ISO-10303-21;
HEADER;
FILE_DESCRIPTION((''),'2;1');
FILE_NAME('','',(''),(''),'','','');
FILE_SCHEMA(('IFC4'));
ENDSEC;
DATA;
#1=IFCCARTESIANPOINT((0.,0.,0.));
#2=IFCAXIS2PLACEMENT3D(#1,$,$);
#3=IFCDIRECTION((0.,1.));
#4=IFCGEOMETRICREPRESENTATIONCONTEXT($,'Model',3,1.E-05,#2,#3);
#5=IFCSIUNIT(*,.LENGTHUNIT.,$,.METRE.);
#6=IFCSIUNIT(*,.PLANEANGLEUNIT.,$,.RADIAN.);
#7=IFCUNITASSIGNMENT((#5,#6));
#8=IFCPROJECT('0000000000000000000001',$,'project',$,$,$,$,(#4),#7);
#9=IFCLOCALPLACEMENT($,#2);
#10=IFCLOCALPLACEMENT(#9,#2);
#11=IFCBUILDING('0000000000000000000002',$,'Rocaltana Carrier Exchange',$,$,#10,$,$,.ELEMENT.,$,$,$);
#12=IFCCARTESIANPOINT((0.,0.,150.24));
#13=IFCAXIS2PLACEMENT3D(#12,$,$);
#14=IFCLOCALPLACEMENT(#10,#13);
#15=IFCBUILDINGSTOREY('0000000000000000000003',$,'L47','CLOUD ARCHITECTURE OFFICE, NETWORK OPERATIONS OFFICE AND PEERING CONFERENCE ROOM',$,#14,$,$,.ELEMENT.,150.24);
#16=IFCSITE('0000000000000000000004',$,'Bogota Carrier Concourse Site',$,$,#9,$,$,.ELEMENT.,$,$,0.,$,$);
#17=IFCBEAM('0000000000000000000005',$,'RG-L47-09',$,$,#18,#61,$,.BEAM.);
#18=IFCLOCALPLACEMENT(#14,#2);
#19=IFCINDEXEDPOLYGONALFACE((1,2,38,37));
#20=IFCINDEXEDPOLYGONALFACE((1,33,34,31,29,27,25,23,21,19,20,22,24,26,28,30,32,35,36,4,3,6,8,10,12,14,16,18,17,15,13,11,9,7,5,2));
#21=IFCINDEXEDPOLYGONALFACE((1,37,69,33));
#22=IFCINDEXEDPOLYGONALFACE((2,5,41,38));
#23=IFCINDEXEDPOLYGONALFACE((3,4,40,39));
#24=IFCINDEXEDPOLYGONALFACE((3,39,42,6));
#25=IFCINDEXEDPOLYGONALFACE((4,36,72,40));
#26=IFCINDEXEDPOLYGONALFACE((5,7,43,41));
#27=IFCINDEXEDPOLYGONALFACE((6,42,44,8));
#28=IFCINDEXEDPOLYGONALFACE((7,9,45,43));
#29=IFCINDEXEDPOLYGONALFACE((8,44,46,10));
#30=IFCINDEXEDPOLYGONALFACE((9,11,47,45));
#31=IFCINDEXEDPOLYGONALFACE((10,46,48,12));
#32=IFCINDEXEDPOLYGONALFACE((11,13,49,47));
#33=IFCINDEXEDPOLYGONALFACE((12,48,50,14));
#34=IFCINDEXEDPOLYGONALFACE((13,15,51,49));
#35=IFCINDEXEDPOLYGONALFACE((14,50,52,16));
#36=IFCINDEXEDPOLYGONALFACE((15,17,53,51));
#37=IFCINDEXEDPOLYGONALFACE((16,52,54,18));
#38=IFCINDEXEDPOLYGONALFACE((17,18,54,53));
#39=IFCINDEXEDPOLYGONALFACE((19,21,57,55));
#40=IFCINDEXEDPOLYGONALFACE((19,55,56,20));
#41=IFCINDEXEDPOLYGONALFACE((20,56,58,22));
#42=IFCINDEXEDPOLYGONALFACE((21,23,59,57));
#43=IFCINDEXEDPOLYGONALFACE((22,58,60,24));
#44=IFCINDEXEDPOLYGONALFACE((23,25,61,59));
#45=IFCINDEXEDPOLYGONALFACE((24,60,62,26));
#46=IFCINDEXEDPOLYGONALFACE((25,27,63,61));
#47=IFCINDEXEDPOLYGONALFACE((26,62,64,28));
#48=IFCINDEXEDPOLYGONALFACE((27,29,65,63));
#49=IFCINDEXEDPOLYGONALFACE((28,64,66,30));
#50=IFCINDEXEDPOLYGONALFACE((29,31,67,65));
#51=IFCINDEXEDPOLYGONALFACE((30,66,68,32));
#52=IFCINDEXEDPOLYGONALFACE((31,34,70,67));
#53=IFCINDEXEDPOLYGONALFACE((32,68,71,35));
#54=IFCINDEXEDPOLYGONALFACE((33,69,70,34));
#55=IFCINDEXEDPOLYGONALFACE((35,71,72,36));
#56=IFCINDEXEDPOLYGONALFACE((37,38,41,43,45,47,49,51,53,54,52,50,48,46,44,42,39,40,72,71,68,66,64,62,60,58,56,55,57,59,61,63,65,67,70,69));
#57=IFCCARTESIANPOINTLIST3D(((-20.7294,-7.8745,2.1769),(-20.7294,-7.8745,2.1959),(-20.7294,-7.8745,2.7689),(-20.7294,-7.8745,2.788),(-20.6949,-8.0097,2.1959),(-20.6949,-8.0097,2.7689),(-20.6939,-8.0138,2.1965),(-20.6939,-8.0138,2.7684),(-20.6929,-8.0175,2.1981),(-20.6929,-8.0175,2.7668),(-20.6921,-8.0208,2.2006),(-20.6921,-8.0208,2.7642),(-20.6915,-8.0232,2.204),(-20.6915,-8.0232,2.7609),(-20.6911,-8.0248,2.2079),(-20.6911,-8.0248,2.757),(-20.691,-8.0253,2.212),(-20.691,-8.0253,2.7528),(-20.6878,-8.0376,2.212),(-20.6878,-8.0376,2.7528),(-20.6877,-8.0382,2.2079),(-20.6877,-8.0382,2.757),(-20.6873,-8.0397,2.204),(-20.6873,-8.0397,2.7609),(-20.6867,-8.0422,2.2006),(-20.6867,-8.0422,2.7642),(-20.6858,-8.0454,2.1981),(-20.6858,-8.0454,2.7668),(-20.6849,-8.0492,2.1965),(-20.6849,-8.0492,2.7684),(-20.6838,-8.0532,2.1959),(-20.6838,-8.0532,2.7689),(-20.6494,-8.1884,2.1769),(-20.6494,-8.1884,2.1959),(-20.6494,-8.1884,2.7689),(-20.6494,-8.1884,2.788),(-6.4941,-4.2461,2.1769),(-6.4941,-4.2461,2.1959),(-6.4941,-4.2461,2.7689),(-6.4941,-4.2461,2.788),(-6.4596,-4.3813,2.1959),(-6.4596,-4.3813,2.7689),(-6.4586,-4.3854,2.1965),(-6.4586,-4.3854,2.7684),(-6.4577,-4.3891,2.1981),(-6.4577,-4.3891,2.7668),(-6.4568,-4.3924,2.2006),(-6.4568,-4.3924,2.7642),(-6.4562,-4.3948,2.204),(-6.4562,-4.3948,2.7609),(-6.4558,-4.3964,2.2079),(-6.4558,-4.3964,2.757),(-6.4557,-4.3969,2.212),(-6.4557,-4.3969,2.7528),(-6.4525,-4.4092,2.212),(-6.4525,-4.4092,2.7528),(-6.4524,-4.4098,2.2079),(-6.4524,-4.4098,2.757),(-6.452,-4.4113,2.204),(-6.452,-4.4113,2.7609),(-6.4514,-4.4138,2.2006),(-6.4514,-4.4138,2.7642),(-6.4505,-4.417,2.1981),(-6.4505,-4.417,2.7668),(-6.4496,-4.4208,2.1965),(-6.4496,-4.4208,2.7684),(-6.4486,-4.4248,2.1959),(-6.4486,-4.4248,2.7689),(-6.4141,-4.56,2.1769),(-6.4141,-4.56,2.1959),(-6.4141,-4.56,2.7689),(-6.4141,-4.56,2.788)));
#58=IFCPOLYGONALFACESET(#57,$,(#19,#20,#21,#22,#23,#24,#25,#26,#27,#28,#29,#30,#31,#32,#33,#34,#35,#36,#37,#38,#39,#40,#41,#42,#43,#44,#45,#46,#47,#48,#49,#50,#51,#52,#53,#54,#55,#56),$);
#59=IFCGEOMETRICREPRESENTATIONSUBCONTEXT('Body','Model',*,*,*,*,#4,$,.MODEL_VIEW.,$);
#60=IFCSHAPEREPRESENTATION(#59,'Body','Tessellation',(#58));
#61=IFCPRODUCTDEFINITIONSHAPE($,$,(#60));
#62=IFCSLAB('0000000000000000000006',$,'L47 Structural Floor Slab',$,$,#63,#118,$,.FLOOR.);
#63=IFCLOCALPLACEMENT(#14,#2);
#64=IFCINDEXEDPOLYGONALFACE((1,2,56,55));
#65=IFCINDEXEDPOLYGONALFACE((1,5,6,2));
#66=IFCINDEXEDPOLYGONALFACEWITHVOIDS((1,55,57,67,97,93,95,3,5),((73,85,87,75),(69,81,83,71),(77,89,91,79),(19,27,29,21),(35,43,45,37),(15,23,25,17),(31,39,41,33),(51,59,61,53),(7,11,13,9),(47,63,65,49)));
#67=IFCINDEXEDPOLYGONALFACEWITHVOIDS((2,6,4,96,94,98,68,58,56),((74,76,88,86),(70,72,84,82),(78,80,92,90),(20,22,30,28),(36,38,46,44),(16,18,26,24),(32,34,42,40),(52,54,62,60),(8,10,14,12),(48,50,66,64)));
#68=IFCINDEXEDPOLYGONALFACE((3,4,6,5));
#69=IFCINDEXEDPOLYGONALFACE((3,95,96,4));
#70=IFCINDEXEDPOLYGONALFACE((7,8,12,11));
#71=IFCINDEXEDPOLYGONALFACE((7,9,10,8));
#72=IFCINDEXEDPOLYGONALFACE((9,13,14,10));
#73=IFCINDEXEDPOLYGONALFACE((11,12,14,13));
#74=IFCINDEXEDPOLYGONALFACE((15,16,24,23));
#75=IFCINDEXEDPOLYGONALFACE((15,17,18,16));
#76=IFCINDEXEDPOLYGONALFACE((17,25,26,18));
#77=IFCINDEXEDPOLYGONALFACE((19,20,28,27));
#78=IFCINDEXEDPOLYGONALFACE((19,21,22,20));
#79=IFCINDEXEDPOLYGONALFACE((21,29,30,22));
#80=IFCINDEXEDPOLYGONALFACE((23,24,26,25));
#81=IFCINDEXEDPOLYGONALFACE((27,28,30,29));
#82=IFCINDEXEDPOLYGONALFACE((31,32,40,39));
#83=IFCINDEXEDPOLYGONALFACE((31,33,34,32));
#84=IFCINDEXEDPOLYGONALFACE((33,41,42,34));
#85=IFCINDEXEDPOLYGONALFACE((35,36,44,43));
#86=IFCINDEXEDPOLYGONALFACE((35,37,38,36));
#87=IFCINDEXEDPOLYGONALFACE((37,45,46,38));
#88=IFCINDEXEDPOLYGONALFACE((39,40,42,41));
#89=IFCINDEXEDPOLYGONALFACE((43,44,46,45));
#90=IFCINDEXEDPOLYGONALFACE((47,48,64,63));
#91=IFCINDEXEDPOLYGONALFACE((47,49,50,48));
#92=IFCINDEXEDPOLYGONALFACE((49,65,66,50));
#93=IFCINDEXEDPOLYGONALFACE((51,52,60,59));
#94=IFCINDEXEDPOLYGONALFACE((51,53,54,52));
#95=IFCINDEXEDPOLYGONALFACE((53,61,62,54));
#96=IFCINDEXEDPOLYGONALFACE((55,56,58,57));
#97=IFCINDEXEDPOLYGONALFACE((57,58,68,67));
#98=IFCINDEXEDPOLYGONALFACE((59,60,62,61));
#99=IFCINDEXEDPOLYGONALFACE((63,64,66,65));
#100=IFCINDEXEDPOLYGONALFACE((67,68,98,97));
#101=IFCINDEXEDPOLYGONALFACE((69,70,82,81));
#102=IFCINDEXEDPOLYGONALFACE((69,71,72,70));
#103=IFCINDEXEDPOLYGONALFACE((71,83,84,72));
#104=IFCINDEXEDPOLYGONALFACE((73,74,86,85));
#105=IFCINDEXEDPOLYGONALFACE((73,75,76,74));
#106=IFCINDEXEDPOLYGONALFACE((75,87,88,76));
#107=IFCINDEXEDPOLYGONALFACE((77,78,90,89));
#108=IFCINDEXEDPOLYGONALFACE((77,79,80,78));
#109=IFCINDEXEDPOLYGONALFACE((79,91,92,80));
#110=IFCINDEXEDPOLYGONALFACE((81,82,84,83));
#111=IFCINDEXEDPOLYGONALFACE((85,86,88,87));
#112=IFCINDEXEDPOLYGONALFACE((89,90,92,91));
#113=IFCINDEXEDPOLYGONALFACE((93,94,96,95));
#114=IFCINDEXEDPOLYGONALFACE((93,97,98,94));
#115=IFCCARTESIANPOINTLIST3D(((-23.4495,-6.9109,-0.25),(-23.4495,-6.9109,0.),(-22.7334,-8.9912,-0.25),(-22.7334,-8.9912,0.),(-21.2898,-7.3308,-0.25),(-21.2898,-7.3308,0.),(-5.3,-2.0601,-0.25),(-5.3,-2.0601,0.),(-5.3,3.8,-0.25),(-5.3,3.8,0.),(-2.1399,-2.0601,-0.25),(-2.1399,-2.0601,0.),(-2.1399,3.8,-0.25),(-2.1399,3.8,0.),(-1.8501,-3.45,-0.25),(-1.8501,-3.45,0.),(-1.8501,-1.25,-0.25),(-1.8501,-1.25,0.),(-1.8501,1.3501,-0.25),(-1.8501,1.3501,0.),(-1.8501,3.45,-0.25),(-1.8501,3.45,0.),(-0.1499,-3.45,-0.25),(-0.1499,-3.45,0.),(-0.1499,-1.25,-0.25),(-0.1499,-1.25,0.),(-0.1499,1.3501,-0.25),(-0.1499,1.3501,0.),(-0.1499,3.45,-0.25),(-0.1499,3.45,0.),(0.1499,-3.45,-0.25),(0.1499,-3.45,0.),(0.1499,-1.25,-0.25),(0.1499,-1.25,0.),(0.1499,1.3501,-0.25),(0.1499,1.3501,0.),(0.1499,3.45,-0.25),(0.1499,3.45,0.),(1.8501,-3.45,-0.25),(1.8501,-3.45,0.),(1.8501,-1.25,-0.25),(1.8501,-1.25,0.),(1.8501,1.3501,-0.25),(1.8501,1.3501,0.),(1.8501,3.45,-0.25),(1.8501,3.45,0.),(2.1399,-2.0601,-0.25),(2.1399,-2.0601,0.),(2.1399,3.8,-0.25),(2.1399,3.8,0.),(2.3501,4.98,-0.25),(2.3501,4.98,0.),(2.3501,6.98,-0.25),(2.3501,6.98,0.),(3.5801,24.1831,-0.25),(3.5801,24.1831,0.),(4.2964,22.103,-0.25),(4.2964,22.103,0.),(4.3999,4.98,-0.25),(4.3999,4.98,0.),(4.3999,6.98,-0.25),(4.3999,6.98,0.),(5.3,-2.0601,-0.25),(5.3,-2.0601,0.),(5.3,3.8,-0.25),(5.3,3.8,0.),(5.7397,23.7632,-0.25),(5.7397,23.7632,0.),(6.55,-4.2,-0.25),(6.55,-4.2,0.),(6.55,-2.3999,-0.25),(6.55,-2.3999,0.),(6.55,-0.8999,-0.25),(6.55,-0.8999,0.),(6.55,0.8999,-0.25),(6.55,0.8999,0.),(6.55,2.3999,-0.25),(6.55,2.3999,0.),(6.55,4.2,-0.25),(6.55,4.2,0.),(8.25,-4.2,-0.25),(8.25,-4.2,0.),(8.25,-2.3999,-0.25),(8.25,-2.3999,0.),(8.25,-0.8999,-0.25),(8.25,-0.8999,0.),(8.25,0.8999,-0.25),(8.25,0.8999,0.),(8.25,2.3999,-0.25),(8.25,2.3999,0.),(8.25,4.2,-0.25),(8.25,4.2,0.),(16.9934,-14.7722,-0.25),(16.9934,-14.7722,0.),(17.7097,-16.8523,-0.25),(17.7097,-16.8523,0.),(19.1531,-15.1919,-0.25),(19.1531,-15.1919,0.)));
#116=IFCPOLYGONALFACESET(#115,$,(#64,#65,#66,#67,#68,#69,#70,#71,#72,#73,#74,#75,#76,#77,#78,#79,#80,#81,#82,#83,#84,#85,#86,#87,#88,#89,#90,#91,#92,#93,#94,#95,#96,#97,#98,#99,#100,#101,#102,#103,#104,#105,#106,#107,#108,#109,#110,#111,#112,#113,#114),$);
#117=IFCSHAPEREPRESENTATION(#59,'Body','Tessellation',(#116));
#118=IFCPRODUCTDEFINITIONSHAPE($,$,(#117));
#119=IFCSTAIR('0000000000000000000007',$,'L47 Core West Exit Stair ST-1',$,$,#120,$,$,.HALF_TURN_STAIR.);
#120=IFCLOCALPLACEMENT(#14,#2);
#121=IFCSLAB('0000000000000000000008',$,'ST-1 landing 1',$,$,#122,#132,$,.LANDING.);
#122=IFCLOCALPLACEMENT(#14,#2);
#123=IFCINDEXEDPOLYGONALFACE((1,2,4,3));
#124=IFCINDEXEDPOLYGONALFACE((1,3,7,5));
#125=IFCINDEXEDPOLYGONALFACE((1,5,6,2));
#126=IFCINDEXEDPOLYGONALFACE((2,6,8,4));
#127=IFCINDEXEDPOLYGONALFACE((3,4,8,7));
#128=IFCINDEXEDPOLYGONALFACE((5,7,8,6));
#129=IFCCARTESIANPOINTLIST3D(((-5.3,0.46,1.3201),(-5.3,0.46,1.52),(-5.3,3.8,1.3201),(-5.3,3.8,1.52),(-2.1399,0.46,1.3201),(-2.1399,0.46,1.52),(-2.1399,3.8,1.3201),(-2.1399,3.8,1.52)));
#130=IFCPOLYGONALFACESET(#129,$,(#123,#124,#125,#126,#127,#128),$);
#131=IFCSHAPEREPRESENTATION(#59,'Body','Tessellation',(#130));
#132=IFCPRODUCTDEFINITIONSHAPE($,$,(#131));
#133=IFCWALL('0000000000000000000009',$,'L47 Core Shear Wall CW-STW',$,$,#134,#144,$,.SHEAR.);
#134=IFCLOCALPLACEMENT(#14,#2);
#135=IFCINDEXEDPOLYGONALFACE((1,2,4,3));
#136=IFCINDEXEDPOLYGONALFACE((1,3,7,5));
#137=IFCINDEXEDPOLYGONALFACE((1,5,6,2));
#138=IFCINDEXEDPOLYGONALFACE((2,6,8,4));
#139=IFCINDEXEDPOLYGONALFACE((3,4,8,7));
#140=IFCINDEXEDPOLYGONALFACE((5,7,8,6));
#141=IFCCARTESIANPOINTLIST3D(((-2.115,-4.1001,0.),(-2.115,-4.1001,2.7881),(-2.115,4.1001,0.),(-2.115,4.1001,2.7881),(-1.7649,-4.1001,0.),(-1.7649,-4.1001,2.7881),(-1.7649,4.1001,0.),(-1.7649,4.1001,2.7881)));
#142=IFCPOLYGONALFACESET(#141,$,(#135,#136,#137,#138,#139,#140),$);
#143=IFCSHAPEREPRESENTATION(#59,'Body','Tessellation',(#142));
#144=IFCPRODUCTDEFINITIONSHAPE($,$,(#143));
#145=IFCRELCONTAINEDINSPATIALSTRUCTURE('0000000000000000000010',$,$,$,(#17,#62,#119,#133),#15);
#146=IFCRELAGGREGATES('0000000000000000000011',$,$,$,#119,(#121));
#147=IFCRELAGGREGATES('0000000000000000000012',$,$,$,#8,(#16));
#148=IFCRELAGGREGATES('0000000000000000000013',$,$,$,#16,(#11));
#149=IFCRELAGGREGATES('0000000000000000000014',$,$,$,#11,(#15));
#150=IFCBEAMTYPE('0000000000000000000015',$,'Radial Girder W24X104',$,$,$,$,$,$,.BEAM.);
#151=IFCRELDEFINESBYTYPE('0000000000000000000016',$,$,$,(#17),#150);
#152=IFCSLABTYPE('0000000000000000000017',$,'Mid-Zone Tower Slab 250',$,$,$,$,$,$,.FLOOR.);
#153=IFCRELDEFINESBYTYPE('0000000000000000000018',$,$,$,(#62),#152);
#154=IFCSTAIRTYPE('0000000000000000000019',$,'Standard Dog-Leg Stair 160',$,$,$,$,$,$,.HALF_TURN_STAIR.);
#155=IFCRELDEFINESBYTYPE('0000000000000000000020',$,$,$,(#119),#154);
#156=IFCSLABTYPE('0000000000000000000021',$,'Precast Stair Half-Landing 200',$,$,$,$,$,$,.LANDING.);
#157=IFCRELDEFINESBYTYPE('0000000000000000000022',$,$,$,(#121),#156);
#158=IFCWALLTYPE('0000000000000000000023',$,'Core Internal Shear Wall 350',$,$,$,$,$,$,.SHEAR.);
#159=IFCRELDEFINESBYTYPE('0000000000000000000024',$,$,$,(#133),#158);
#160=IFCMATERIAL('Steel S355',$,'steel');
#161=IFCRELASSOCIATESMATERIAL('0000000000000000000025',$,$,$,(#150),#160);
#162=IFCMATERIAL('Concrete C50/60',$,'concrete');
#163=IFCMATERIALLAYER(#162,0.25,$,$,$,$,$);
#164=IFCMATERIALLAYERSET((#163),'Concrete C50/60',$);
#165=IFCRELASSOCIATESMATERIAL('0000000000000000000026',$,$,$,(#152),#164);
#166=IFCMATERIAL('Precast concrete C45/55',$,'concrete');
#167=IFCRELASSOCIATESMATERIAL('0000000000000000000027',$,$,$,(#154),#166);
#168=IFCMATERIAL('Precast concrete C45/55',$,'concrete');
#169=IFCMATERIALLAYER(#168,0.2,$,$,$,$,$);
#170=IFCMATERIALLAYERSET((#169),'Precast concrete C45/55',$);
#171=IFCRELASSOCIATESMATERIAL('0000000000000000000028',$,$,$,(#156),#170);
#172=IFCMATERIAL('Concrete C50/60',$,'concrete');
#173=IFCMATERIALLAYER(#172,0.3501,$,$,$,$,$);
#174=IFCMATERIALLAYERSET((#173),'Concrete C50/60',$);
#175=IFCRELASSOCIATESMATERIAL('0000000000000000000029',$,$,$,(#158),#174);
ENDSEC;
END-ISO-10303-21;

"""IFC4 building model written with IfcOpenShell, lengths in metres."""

from ifc_helpers import new_model, si_unit, direction, frame, frame_2d, origin, origin_2d, place, context, subcontext, project, spatial, polyline, rectangle, i_section, outline, extrude, material, layer, layer_set, material_profile, profile_set, type_object, element, aggregate, save


model = new_model("IFC4")

# Units and contexts
model_context = context("Model", 3, precision=1e-05, world=origin(), true_north=direction((0.0, 1.0)))
body_context = subcontext(model_context, "Body", "Model", "MODEL_VIEW")
ifc_project = project(units=[si_unit("LENGTHUNIT", "METRE"), si_unit("PLANEANGLEUNIT", "RADIAN")], contexts=[model_context])

# Site, building, storey
site_placement = place(None, origin())
site = spatial("IfcSite", under=ifc_project, at=site_placement, Name="Bogota Carrier Concourse Site", CompositionType="ELEMENT", RefElevation=0.0)
building_placement = place(site_placement, origin())
building = spatial("IfcBuilding", under=site, at=building_placement, Name="Rocaltana Carrier Exchange", CompositionType="ELEMENT")
storey_placement = place(building_placement, frame((0.0, 0.0, 150.24)))
storey = spatial("IfcBuildingStorey", under=building, at=storey_placement, Name="L47", Description="CLOUD ARCHITECTURE OFFICE, NETWORK OPERATIONS OFFICE AND PEERING CONFERENCE ROOM", CompositionType="ELEMENT", Elevation=150.24)

# Beam
ifc_material_1 = material(Name="Steel S355", Category="steel")
ifc_material_profile_1 = material_profile(ifc_material_1, i_section(OverallWidth=0.324, OverallDepth=0.6111, WebThickness=0.0127, FlangeThickness=0.019, FilletRadius=0.0161, at=origin_2d()), Name="W24X104")
ifc_profile_set_1 = profile_set([ifc_material_profile_1], Name="Steel S355")
beam_type = type_object("IfcBeamType", Name="Radial Girder W24X104", PredefinedType="BEAM", material=ifc_profile_set_1)
beam_1_placement = place(storey_placement, frame((-6.4541, -4.4031, 2.4824), z_axis=(-0.969018, -0.246991, 0.0), x_axis=(0.246991, -0.969018, 0.0)))
element("IfcBeam", 1, at=beam_1_placement, inside=storey, type_object=beam_type, Name="RG-L47-09", PredefinedType="BEAM", context=body_context, shape_type="SweptSolid", body=[
    extrude(i_section(OverallWidth=0.324, OverallDepth=0.6111, WebThickness=0.0127, FlangeThickness=0.019, FilletRadius=0.0161, at=origin_2d()), origin(), (0.0, 0.0, 1.0), 14.6904),
])

# Slab
ifc_material_2 = material(Name="Concrete C50/60", Category="concrete")
ifc_layer_1 = layer(ifc_material_2, 0.25)
ifc_layer_set_1 = layer_set([ifc_layer_1], Name="Concrete C50/60")
slab_type_1 = type_object("IfcSlabType", Name="Mid-Zone Tower Slab 250", PredefinedType="FLOOR", material=ifc_layer_set_1)
slab_1_placement = place(storey_placement, frame((0.0, 0.0, -0.25)))
element("IfcSlab", 2, at=slab_1_placement, inside=storey, type_object=slab_type_1, Name="L47 Structural Floor Slab", PredefinedType="FLOOR", context=body_context, shape_type="SweptSolid", body=[
    extrude(outline(polyline([(17.7097, -16.8523), (16.9934, -14.7722), (19.1531, -15.1919), (5.7397, 23.7632), (4.2964, 22.103), (3.5801, 24.1831), (-23.4495, -6.9109), (-21.2898, -7.3308), (-22.7334, -8.9912), (17.7097, -16.8523)]), holes=[polyline([(-5.3, -2.0601), (-2.1399, -2.0601), (-2.1399, 3.8), (-5.3, 3.8), (-5.3, -2.0601)]), polyline([(2.1399, -2.0601), (5.3, -2.0601), (5.3, 3.8), (2.1399, 3.8), (2.1399, -2.0601)]), polyline([(-1.8501, -3.45), (-0.1499, -3.45), (-0.1499, -1.25), (-1.8501, -1.25), (-1.8501, -3.45)]), polyline([(0.1499, -3.45), (1.8501, -3.45), (1.8501, -1.25), (0.1499, -1.25), (0.1499, -3.45)]), polyline([(2.3501, 4.98), (4.3999, 4.98), (4.3999, 6.98), (2.3501, 6.98), (2.3501, 4.98)]), polyline([(-1.8501, 1.3501), (-0.1499, 1.3501), (-0.1499, 3.45), (-1.8501, 3.45), (-1.8501, 1.3501)]), polyline([(0.1499, 1.3501), (1.8501, 1.3501), (1.8501, 3.45), (0.1499, 3.45), (0.1499, 1.3501)]), polyline([(6.55, -4.2), (8.25, -4.2), (8.25, -2.3999), (6.55, -2.3999), (6.55, -4.2)]), polyline([(6.55, -0.8999), (8.25, -0.8999), (8.25, 0.8999), (6.55, 0.8999), (6.55, -0.8999)]), polyline([(6.55, 2.3999), (8.25, 2.3999), (8.25, 4.2), (6.55, 4.2), (6.55, 2.3999)])]), origin(), (0.0, 0.0, 1.0), 0.25),
])

# Stair, slab
ifc_material_3 = material(Name="Precast concrete C45/55", Category="concrete")
stair_type = type_object("IfcStairType", Name="Standard Dog-Leg Stair 160", PredefinedType="HALF_TURN_STAIR", material=ifc_material_3)
stair_placement = place(storey_placement, origin())
stair = element("IfcStair", 3, at=stair_placement, inside=storey, type_object=stair_type, Name="L47 Core West Exit Stair ST-1", PredefinedType="HALF_TURN_STAIR")
ifc_material_4 = material(Name="Precast concrete C45/55", Category="concrete")
ifc_layer_2 = layer(ifc_material_4, 0.2)
ifc_layer_set_2 = layer_set([ifc_layer_2], Name="Precast concrete C45/55")
slab_type_2 = type_object("IfcSlabType", Name="Precast Stair Half-Landing 200", PredefinedType="LANDING", material=ifc_layer_set_2)
slab_2_placement = place(storey_placement, frame((0.0, 0.0, 1.3201)))
slab_2 = element("IfcSlab", 4, at=slab_2_placement, type_object=slab_type_2, Name="ST-1 landing 1", PredefinedType="LANDING", context=body_context, shape_type="SweptSolid", body=[
    extrude(outline(polyline([(-2.1399, 0.46), (-2.1399, 3.8), (-5.3, 3.8), (-5.3, 0.46), (-2.1399, 0.46)])), origin(), (0.0, 0.0, 1.0), 0.2),
])

# Wall
ifc_material_5 = material(Name="Concrete C50/60", Category="concrete")
ifc_layer_3 = layer(ifc_material_5, 0.3501)
ifc_layer_set_3 = layer_set([ifc_layer_3], Name="Concrete C50/60")
wall_type_1 = type_object("IfcWallType", Name="Core Internal Shear Wall 350", PredefinedType="SHEAR", material=ifc_layer_set_3)
wall_1_placement = place(storey_placement, frame((-1.9399, -4.1001, 0.0), z_axis=(0.0, 0.0, 1.0), x_axis=(0.0, 1.0, 0.0)))
element("IfcWall", 5, at=wall_1_placement, inside=storey, type_object=wall_type_1, Name="L47 Core Shear Wall CW-STW", PredefinedType="SHEAR", context=body_context, shape_type="SweptSolid", body=[
    extrude(rectangle(XDim=8.2002, YDim=0.3501, at=frame_2d((4.1001, 0.0))), origin(), (0.0, 0.0, 1.0), 2.7881),
])

aggregate(stair, [slab_2])

save(model, "model.ifc")
